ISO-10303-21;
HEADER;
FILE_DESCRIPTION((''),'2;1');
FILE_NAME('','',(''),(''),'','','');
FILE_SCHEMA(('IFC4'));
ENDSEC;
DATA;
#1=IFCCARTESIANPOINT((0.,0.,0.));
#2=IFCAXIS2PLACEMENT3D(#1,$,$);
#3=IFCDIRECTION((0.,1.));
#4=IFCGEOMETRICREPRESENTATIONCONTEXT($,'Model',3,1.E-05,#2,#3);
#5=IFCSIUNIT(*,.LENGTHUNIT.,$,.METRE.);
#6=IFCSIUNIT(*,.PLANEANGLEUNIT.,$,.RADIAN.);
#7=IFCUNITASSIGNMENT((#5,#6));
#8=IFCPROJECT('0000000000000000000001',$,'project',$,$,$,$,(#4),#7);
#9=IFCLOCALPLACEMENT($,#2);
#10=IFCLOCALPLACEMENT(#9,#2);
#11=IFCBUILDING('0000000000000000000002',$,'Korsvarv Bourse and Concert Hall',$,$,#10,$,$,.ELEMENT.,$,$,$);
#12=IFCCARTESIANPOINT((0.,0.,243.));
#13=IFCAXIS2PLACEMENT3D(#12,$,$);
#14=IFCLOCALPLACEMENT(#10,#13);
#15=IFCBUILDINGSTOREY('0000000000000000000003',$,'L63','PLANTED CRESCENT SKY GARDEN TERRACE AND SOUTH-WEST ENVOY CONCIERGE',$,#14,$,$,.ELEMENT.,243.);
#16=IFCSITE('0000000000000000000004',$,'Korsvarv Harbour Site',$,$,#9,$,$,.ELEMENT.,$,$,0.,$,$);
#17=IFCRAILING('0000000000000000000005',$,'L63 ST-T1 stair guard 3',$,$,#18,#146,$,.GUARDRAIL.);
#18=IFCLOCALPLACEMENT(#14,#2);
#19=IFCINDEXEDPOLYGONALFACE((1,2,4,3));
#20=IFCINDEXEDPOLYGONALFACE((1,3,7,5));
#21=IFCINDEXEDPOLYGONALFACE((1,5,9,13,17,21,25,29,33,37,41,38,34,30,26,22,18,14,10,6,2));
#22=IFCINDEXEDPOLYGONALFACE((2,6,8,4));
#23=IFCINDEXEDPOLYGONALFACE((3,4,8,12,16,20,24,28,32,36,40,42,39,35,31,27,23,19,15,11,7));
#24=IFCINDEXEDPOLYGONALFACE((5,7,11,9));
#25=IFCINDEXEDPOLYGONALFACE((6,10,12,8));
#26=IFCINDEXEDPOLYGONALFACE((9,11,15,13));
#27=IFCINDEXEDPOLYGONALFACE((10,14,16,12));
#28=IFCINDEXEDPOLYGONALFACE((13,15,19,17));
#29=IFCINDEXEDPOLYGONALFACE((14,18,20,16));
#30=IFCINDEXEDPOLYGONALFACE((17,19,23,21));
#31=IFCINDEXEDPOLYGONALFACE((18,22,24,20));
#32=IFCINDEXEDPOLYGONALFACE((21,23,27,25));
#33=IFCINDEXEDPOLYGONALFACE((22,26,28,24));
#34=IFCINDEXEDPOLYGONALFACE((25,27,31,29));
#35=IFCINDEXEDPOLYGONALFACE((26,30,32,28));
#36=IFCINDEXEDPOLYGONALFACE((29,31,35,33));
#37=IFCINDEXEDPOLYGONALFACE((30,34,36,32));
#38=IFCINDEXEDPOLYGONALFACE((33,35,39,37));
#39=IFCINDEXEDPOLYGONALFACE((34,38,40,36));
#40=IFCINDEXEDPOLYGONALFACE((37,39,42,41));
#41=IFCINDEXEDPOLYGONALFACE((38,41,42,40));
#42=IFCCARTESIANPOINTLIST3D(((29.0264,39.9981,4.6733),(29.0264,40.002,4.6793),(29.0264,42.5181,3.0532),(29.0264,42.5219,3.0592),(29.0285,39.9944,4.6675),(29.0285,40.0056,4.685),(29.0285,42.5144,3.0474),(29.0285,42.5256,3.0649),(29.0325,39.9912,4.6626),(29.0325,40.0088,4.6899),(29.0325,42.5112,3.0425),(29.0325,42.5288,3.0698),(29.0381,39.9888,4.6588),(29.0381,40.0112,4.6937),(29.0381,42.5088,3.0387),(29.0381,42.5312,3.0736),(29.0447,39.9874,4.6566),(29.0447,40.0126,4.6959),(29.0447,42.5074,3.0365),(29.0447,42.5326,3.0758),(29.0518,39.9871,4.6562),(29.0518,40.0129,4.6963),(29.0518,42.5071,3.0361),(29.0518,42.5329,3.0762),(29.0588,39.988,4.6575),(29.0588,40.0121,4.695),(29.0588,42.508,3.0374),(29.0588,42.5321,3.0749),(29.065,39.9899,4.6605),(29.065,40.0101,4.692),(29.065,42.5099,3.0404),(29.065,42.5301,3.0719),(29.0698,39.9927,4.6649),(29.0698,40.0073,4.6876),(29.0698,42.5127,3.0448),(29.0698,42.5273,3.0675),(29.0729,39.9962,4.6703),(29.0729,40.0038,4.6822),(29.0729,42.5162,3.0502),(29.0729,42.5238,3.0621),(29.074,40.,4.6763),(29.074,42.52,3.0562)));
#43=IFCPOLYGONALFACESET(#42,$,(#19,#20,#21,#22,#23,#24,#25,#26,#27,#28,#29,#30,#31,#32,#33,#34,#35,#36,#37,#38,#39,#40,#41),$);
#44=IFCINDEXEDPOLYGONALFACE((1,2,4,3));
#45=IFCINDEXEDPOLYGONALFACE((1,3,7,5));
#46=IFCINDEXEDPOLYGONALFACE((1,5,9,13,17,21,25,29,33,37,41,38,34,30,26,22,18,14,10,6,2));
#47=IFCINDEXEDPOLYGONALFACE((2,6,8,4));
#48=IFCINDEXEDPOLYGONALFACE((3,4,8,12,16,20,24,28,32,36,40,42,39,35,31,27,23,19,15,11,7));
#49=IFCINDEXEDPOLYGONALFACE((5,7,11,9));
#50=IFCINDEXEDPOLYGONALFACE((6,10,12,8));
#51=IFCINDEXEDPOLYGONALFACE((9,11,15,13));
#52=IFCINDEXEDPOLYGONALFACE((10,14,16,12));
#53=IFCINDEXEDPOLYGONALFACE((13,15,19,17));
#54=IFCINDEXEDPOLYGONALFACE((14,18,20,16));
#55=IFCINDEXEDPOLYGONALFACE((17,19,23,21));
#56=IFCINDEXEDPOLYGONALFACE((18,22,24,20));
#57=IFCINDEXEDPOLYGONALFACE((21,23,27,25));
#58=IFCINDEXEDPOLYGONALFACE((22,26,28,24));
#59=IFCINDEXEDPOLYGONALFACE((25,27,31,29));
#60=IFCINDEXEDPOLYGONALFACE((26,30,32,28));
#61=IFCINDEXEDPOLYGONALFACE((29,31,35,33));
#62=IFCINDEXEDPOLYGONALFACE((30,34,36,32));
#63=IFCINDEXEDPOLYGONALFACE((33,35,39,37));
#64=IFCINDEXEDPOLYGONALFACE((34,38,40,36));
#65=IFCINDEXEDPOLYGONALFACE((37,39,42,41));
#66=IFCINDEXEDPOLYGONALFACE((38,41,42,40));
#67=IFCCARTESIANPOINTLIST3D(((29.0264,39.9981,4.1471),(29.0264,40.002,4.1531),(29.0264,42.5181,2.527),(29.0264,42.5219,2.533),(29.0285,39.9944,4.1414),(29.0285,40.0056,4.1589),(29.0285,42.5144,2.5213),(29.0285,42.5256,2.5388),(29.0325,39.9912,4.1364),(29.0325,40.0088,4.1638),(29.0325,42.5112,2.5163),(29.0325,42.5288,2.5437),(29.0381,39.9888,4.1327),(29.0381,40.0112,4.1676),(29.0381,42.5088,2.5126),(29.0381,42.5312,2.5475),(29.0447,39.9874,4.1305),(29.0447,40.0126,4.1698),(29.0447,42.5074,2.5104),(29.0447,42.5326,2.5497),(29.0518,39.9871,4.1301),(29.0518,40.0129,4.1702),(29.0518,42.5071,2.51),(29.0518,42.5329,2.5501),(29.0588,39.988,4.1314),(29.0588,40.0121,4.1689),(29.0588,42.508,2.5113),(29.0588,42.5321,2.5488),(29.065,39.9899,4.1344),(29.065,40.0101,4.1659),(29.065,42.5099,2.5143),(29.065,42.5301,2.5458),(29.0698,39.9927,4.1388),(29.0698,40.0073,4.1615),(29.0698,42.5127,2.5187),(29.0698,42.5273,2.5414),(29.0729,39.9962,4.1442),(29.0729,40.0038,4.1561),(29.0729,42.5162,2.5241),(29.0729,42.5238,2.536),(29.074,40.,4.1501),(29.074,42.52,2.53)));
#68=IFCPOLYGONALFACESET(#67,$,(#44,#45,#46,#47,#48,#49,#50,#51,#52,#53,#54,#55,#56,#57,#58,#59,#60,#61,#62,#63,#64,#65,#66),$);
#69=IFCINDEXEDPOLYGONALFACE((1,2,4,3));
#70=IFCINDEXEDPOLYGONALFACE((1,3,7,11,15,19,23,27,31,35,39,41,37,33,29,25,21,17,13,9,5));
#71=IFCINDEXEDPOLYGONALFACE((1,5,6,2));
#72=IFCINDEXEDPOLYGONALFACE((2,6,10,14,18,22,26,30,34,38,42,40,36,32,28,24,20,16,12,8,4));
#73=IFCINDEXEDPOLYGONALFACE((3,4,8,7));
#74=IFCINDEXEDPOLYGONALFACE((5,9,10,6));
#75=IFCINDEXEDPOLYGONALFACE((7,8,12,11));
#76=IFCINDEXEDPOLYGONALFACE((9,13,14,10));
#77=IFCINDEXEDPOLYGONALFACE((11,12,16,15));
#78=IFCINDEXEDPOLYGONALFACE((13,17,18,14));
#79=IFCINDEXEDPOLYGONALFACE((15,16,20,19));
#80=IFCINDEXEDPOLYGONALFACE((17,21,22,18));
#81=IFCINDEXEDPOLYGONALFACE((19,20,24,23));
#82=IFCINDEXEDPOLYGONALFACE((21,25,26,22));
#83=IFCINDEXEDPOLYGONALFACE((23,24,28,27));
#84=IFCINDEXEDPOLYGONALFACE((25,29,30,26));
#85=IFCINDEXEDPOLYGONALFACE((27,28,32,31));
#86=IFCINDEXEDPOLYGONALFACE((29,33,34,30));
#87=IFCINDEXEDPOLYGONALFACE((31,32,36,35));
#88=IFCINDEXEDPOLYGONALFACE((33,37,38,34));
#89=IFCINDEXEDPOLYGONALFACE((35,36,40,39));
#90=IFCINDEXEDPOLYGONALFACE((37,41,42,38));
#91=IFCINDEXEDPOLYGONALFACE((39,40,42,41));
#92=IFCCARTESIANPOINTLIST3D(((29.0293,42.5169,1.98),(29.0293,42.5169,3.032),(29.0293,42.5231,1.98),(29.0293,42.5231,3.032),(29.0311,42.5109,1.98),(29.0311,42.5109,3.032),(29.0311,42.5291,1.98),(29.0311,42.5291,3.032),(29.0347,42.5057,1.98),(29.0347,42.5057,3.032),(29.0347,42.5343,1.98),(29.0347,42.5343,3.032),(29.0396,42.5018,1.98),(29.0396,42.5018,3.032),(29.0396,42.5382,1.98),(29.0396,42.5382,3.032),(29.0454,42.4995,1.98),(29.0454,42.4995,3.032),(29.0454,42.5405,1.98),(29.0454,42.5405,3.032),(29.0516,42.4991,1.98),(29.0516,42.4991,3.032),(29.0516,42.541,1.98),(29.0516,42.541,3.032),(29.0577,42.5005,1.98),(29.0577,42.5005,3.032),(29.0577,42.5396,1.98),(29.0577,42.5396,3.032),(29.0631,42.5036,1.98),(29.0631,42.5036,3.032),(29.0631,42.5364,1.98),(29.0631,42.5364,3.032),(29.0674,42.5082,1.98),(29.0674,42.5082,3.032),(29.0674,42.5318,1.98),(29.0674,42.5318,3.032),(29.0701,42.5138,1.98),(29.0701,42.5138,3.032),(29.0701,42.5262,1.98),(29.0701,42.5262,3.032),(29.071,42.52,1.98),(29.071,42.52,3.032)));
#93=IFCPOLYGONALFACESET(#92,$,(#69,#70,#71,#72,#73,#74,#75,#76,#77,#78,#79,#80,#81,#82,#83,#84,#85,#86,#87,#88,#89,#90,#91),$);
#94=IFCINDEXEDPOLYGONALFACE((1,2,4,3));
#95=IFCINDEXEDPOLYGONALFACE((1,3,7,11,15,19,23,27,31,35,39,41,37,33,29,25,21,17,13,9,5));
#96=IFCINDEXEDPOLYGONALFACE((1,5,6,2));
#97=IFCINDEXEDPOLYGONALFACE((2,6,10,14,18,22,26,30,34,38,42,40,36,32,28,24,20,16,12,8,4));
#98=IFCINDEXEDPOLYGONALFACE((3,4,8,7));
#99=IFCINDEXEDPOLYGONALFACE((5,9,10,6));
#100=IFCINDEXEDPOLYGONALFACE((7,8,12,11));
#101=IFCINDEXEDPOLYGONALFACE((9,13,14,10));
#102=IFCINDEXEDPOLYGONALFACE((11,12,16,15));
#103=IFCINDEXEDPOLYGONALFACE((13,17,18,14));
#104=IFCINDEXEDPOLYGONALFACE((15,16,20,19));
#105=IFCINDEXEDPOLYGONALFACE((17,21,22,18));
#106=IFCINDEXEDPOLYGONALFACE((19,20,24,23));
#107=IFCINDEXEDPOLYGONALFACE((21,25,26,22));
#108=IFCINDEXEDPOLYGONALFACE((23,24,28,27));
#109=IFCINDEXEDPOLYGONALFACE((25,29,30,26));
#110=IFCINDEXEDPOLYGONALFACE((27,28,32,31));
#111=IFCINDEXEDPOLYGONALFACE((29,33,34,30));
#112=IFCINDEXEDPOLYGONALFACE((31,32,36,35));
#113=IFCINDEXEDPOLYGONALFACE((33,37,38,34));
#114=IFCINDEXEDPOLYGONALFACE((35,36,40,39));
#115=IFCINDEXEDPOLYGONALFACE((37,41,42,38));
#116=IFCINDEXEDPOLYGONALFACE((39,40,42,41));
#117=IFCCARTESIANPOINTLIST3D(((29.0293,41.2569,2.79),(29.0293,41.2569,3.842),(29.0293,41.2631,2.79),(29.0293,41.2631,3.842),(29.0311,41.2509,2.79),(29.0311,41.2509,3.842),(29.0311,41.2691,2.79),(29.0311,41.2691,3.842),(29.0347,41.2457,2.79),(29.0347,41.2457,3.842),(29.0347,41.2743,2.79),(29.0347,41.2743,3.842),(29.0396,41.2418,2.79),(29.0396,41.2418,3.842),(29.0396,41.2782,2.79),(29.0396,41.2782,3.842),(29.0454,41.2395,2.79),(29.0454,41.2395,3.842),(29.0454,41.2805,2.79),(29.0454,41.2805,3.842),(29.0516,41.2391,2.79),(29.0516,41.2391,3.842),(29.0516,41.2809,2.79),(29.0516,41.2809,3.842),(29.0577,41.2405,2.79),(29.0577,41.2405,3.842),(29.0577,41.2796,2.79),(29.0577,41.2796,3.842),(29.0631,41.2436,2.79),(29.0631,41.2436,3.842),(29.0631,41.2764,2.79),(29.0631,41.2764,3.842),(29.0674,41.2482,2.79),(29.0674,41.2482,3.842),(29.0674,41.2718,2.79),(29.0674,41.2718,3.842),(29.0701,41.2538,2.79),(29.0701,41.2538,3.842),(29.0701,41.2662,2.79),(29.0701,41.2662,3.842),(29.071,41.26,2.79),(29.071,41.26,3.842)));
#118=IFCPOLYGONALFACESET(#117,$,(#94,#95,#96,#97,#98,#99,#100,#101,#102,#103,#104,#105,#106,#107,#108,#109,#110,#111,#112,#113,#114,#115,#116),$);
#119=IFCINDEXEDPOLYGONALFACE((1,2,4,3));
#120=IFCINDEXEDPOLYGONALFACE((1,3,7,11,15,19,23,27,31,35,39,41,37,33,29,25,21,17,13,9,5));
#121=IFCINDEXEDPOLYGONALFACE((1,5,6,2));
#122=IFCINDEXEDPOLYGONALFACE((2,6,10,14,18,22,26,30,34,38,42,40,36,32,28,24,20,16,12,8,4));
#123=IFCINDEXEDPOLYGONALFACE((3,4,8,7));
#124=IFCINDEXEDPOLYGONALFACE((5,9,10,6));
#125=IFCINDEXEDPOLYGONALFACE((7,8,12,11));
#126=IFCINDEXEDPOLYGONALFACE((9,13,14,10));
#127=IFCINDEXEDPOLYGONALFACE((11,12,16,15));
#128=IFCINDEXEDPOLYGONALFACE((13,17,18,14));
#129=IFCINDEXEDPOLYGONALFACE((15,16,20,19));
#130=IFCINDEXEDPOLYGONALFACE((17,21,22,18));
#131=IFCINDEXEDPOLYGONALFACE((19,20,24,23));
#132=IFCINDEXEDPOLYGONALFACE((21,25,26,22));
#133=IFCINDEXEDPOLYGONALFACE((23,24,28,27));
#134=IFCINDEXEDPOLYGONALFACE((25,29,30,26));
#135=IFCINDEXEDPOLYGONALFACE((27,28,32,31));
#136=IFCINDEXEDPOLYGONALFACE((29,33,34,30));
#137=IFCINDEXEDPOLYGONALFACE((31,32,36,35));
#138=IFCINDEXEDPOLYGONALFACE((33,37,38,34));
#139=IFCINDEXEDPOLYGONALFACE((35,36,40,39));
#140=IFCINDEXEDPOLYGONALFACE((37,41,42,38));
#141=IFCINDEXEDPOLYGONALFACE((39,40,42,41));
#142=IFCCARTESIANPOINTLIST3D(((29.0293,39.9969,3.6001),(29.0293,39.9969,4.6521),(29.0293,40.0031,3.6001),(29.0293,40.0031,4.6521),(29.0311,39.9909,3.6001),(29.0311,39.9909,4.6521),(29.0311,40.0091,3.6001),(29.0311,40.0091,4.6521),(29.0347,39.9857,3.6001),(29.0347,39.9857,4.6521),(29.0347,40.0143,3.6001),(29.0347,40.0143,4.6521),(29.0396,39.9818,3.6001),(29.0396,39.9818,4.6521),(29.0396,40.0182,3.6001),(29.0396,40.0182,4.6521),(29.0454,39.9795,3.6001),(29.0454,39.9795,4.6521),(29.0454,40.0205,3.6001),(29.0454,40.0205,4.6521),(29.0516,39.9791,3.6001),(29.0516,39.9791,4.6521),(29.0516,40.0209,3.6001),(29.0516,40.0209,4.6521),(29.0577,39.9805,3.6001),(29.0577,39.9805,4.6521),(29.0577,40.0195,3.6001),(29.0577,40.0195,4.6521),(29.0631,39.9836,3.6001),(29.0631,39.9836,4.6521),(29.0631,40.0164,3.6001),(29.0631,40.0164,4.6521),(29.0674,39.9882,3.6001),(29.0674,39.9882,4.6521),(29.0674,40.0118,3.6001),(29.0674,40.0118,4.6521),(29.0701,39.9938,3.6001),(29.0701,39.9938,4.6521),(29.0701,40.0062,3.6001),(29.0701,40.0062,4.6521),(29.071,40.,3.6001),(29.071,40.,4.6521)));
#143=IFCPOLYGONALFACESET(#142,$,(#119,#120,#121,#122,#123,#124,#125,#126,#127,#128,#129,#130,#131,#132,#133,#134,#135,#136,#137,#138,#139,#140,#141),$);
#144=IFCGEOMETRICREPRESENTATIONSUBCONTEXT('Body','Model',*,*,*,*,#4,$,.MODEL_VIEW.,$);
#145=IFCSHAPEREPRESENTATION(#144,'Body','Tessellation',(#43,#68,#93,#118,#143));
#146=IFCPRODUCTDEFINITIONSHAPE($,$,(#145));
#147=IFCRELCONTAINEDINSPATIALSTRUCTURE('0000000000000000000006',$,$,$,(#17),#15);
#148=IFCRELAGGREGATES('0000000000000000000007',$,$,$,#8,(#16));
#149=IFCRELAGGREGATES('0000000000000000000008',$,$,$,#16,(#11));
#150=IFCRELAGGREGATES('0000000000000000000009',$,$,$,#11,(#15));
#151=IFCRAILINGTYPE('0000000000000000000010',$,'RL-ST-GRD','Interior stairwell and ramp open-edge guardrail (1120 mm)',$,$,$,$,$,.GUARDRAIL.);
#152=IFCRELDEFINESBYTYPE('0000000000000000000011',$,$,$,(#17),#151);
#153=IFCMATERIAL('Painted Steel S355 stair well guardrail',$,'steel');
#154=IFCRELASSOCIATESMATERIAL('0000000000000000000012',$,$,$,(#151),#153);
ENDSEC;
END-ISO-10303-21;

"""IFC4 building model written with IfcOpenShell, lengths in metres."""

from ifc_helpers import new_model, si_unit, direction, frame, origin, origin_2d, place, context, subcontext, project, spatial, circle, extrude, material, type_object, element, save


model = new_model("IFC4")

# Units and contexts
model_context = context("Model", 3, precision=1e-05, world=origin(), true_north=direction((0.0, 1.0)))
body_context = subcontext(model_context, "Body", "Model", "MODEL_VIEW")
ifc_project = project(units=[si_unit("LENGTHUNIT", "METRE"), si_unit("PLANEANGLEUNIT", "RADIAN")], contexts=[model_context])

# Site, building, storey
site_placement = place(None, origin())
site = spatial("IfcSite", under=ifc_project, at=site_placement, Name="Korsvarv Harbour Site", CompositionType="ELEMENT", RefElevation=0.0)
building_placement = place(site_placement, origin())
building = spatial("IfcBuilding", under=site, at=building_placement, Name="Korsvarv Bourse and Concert Hall", CompositionType="ELEMENT")
storey_placement = place(building_placement, frame((0.0, 0.0, 243.0)))
storey = spatial("IfcBuildingStorey", under=building, at=storey_placement, Name="L63", Description="PLANTED CRESCENT SKY GARDEN TERRACE AND SOUTH-WEST ENVOY CONCIERGE", CompositionType="ELEMENT", Elevation=243.0)

# Railing
ifc_material_1 = material(Name="Painted Steel S355 stair well guardrail", Category="steel")
railing_type_1 = type_object("IfcRailingType", Name="RL-ST-GRD", Description="Interior stairwell and ramp open-edge guardrail (1120 mm)", PredefinedType="GUARDRAIL", material=ifc_material_1)
railing_1_placement = place(storey_placement, frame((29.05, 42.52, 1.98)))
element("IfcRailing", 1, at=railing_1_placement, inside=storey, type_object=railing_type_1, Name="L63 ST-T1 stair guard 3", PredefinedType="GUARDRAIL", context=body_context, shape_type="SweptSolid", body=[
    extrude(circle(Radius=0.0239, at=origin_2d()), frame((0.0, 0.0, 1.0762), z_axis=(0.0, -0.841163, 0.540782), x_axis=(1.0, 0.0, 0.0)), (0.0, 0.0, 1.0), 2.9958),
    extrude(circle(Radius=0.0239, at=origin_2d()), frame((0.0, 0.0, 0.55), z_axis=(0.0, -0.841163, 0.540782), x_axis=(1.0, 0.0, 0.0)), (0.0, 0.0, 1.0), 2.9958),
    extrude(circle(Radius=0.021, at=origin_2d()), origin(), (0.0, 0.0, 1.0), 1.052),
    extrude(circle(Radius=0.021, at=origin_2d()), frame((0.0, -1.26, 0.8101)), (0.0, 0.0, 1.0), 1.052),
    extrude(circle(Radius=0.021, at=origin_2d()), frame((0.0, -2.52, 1.6201)), (0.0, 0.0, 1.0), 1.052),
])

save(model, "model.ifc")
